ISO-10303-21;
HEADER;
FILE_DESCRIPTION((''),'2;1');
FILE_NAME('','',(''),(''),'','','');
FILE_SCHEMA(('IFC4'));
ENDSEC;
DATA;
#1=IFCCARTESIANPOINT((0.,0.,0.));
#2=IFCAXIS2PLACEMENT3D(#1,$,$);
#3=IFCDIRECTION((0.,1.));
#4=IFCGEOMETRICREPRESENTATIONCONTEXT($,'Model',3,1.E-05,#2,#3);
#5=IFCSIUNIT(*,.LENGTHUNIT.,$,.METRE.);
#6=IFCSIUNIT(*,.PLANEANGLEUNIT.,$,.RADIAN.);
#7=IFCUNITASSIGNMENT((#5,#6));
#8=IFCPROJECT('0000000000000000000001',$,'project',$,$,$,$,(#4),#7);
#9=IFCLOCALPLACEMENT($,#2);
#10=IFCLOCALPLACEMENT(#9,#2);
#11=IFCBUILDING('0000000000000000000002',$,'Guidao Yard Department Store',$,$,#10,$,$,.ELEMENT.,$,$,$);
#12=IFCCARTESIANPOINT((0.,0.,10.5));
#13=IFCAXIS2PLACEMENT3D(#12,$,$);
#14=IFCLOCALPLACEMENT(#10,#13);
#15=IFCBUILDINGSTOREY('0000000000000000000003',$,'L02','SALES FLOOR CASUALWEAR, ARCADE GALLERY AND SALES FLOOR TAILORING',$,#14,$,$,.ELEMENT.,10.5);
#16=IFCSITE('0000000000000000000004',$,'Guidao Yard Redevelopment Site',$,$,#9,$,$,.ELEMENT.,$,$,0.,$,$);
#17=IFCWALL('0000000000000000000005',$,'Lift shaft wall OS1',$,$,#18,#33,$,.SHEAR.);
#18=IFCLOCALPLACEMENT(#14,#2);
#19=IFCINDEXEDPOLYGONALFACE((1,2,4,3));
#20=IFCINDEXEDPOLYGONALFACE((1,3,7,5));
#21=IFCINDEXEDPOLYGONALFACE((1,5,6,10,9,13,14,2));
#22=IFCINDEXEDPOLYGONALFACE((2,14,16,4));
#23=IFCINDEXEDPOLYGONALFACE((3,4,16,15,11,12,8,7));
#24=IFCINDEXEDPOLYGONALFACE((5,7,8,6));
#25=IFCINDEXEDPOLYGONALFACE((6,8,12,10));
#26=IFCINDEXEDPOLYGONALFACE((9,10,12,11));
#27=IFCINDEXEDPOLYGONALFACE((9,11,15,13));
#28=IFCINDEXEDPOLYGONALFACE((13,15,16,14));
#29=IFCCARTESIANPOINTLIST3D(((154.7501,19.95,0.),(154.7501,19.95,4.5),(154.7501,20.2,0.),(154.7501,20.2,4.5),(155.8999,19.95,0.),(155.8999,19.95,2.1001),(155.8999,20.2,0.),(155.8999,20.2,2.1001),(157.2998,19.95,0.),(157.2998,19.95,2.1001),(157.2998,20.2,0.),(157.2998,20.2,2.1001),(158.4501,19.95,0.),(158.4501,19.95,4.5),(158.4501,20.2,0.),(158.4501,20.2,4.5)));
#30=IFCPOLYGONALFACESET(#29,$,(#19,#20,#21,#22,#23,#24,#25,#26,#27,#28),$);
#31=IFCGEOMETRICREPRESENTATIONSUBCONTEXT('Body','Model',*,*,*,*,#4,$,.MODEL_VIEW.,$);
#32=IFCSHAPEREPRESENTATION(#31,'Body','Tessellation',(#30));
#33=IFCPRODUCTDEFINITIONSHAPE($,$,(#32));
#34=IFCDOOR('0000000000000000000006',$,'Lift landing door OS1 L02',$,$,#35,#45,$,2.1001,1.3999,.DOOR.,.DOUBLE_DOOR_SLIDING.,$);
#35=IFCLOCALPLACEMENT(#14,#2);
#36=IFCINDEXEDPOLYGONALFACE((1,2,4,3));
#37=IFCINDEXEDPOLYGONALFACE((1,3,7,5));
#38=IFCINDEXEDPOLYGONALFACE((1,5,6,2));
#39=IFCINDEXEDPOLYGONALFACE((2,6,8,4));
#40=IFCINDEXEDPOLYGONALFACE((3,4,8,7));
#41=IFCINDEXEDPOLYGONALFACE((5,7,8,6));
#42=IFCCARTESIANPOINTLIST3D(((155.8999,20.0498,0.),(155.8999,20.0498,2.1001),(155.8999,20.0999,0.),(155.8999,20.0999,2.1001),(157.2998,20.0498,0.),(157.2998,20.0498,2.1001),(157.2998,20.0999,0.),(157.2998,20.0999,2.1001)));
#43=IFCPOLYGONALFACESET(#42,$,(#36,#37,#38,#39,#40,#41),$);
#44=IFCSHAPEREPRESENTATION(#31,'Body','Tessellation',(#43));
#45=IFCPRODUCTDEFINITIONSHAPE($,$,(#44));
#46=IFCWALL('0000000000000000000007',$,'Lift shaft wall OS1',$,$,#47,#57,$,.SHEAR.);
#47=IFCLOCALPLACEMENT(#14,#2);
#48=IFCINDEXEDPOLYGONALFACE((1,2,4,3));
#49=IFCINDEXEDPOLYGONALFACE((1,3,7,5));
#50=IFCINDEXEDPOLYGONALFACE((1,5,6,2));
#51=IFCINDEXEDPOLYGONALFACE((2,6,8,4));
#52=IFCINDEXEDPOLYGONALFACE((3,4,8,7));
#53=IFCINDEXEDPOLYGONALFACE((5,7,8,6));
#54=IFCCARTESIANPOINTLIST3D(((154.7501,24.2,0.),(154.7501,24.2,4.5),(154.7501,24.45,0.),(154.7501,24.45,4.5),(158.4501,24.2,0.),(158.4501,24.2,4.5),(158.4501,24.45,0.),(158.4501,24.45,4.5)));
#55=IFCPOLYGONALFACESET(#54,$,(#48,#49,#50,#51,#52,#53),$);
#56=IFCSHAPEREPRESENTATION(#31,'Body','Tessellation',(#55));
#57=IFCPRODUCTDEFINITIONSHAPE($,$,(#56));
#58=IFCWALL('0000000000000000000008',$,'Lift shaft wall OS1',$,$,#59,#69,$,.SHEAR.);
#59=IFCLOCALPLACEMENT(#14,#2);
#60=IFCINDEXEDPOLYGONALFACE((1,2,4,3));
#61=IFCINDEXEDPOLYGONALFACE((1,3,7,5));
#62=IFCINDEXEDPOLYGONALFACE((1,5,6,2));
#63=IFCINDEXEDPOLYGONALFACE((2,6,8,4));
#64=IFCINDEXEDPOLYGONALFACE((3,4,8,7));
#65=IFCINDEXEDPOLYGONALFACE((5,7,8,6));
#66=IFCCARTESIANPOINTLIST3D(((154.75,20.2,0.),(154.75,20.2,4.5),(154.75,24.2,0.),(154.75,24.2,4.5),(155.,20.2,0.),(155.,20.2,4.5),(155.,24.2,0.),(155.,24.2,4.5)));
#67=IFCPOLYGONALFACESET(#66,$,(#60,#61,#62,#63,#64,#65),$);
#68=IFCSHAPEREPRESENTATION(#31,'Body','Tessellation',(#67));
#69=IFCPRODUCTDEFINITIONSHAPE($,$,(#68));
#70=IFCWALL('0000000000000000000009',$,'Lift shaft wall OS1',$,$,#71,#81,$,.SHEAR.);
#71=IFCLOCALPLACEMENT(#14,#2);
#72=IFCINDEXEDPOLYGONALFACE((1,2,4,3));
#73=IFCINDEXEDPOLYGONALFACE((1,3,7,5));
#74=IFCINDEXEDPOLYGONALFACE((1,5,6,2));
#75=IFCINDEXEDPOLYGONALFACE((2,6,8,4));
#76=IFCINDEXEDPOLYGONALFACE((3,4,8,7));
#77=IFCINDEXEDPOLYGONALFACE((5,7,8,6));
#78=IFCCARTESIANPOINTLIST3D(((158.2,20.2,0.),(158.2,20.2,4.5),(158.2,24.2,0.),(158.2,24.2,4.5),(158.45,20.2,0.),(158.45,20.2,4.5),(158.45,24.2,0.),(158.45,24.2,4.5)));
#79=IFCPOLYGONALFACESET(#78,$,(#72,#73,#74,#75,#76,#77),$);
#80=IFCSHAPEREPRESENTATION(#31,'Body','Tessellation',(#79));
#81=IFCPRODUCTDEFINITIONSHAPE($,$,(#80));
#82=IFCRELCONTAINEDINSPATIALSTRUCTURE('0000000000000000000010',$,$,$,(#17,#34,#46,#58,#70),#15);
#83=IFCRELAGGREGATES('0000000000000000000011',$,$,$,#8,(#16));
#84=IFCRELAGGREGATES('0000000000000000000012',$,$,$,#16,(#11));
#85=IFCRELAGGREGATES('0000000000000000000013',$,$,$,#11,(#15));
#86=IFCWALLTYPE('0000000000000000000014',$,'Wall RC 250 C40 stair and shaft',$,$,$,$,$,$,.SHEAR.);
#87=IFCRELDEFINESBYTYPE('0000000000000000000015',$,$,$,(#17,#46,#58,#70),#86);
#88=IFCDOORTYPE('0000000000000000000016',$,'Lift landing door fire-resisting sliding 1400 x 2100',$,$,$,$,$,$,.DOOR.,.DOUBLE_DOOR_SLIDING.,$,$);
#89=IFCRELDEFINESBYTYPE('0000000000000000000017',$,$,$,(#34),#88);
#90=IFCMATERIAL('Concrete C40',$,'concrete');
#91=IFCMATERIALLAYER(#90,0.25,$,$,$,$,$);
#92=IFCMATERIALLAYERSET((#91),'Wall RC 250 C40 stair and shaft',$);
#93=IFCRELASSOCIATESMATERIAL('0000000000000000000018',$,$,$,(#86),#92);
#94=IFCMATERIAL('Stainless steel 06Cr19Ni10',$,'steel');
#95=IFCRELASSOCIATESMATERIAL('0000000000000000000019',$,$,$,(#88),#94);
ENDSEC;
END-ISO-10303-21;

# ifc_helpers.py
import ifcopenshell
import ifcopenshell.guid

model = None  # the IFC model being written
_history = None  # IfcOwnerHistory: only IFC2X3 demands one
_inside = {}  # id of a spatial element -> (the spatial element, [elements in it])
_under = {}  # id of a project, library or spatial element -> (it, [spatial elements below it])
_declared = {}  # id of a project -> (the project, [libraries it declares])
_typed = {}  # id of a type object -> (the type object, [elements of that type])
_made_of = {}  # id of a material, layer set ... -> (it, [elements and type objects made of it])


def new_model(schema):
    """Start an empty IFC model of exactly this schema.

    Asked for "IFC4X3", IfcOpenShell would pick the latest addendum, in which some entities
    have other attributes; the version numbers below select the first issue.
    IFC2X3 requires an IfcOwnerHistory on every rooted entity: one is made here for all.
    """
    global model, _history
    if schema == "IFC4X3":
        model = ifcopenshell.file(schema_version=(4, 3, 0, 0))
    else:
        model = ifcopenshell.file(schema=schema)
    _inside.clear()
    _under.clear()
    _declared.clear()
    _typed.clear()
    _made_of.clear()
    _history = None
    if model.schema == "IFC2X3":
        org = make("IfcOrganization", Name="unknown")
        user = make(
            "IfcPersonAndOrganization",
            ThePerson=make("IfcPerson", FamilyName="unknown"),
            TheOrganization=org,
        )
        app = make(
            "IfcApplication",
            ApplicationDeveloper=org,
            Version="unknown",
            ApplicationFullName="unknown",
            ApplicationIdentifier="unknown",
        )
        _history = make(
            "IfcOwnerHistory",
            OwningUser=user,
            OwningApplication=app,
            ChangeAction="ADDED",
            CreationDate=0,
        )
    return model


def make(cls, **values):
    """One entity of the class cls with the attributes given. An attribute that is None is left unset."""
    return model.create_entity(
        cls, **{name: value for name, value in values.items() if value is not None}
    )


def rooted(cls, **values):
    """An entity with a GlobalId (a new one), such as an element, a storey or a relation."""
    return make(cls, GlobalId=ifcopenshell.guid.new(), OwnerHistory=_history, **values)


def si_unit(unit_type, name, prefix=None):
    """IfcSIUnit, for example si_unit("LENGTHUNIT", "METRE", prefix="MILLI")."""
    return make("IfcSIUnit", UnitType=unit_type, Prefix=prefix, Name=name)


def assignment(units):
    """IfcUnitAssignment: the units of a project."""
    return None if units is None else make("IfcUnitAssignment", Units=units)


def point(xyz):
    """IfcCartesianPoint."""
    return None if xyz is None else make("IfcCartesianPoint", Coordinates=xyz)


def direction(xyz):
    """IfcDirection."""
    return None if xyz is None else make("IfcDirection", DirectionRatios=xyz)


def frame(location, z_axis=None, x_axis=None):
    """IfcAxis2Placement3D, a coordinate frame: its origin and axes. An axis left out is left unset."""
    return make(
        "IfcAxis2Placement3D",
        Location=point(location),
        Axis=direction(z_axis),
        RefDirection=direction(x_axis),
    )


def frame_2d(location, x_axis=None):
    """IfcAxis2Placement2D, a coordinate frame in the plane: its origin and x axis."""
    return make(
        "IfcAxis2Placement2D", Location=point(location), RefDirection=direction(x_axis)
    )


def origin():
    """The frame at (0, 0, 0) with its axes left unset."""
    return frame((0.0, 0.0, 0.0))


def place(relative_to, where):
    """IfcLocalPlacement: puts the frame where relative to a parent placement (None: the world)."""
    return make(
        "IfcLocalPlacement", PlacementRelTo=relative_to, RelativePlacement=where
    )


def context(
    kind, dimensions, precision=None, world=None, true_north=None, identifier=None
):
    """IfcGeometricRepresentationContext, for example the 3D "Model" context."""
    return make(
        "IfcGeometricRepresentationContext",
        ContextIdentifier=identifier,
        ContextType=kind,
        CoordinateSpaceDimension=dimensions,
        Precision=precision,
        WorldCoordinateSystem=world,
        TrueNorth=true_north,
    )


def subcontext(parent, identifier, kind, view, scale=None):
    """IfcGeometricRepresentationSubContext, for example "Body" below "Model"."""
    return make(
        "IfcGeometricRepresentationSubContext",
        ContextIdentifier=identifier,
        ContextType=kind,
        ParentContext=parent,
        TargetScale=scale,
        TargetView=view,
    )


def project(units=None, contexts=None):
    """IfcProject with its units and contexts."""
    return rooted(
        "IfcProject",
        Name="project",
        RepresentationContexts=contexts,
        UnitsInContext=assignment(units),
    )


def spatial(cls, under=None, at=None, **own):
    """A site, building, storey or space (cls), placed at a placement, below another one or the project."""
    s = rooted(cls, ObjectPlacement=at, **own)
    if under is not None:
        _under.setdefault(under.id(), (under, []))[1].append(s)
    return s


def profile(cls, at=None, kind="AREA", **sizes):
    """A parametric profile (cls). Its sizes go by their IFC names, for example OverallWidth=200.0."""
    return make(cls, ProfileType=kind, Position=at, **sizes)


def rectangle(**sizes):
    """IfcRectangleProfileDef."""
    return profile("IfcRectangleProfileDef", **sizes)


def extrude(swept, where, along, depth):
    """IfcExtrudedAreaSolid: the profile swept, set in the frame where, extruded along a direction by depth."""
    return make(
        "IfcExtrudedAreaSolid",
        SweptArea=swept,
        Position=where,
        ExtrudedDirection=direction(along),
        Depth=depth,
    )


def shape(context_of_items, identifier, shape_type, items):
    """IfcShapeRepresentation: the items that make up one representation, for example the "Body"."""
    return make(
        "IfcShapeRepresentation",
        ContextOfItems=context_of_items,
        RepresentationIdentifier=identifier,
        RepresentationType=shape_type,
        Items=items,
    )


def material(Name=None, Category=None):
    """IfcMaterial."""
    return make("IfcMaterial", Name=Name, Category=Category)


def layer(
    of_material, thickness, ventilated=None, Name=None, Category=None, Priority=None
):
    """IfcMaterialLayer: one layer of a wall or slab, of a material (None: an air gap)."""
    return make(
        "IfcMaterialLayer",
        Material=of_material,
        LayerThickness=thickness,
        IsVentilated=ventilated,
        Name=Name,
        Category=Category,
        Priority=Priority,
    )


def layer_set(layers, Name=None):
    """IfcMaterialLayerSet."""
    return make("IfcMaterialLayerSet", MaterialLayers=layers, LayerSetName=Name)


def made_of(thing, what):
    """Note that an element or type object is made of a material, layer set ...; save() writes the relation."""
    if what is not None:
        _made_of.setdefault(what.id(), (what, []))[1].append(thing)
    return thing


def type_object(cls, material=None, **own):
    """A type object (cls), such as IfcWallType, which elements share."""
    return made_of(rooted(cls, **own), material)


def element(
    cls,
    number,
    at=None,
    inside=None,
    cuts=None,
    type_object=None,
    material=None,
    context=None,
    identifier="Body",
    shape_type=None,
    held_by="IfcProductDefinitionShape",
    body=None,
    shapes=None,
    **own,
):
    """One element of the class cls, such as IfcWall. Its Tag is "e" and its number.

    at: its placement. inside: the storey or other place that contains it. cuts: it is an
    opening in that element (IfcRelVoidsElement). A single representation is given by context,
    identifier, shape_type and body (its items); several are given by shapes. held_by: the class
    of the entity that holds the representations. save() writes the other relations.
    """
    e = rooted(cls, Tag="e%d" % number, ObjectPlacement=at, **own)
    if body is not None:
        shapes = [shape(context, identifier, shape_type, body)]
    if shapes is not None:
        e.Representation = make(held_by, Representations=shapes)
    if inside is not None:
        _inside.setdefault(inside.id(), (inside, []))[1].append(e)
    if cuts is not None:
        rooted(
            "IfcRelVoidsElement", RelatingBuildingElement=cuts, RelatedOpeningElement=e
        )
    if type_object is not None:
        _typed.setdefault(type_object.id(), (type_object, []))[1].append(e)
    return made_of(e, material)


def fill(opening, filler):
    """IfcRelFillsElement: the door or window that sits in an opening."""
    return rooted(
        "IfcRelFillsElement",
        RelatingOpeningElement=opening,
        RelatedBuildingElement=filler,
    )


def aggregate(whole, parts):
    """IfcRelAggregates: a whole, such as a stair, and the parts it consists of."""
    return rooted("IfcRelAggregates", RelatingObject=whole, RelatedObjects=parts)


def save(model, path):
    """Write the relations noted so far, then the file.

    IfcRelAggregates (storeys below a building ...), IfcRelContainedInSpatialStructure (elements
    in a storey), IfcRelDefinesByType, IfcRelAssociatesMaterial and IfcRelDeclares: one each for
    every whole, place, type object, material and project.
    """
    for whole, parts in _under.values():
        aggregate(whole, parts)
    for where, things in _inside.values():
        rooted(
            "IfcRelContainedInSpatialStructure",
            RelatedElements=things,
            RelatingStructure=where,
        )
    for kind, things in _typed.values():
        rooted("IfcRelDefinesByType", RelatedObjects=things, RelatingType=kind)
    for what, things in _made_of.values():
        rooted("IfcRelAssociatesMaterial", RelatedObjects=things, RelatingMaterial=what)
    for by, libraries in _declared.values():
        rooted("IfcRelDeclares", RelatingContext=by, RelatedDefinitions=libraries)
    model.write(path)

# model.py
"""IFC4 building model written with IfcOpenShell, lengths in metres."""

from ifc_helpers import new_model, si_unit, direction, frame, frame_2d, origin, place, context, subcontext, project, spatial, rectangle, extrude, material, layer, layer_set, type_object, element, fill, save


model = new_model("IFC4")

# Units and contexts
model_context = context("Model", 3, precision=1e-05, world=origin(), true_north=direction((0.0, 1.0)))
body_context = subcontext(model_context, "Body", "Model", "MODEL_VIEW")
ifc_project = project(units=[si_unit("LENGTHUNIT", "METRE"), si_unit("PLANEANGLEUNIT", "RADIAN")], contexts=[model_context])

# Site, building, storey
site_placement = place(None, origin())
site = spatial("IfcSite", under=ifc_project, at=site_placement, Name="Guidao Yard Redevelopment Site", CompositionType="ELEMENT", RefElevation=0.0)
building_placement = place(site_placement, origin())
building = spatial("IfcBuilding", under=site, at=building_placement, Name="Guidao Yard Department Store", CompositionType="ELEMENT")
storey_placement = place(building_placement, frame((0.0, 0.0, 10.5)))
storey = spatial("IfcBuildingStorey", under=building, at=storey_placement, Name="L02", Description="SALES FLOOR CASUALWEAR, ARCADE GALLERY AND SALES FLOOR TAILORING", CompositionType="ELEMENT", Elevation=10.5)

# Wall, opening, door
ifc_material_1 = material(Name="Concrete C40", Category="concrete")
ifc_layer_1 = layer(ifc_material_1, 0.25)
ifc_layer_set_1 = layer_set([ifc_layer_1], Name="Wall RC 250 C40 stair and shaft")
wall_type_1 = type_object("IfcWallType", Name="Wall RC 250 C40 stair and shaft", PredefinedType="SHEAR", material=ifc_layer_set_1)
wall_1_placement = place(storey_placement, frame((154.75, 20.075, 0.0), z_axis=(0.0, 0.0, 1.0), x_axis=(1.0, 0.0, 0.0)))
wall_1 = element("IfcWall", 1, at=wall_1_placement, inside=storey, type_object=wall_type_1, Name="Lift shaft wall OS1", PredefinedType="SHEAR", context=body_context, shape_type="SweptSolid", body=[
    extrude(rectangle(XDim=3.7, YDim=0.25, at=frame_2d((1.8501, 0.0))), origin(), (0.0, 0.0, 1.0), 4.5),
])
opening_1_placement = place(wall_1_placement, frame((1.1499, 0.0, 0.0)))
opening_1 = element("IfcOpeningElement", 2, at=opening_1_placement, cuts=wall_1, PredefinedType="OPENING", context=body_context, shape_type="SweptSolid", body=[
    extrude(rectangle(XDim=1.3999, YDim=2.1001, at=frame_2d((0.7, 1.05))), frame((0.0, 0.135, 0.0), z_axis=(0.0, -1.0, 0.0), x_axis=(1.0, 0.0, 0.0)), (0.0, 0.0, 1.0), 0.27),
])
ifc_material_2 = material(Name="Stainless steel 06Cr19Ni10", Category="steel")
door_type_1 = type_object("IfcDoorType", Name="Lift landing door fire-resisting sliding 1400 x 2100", OperationType="DOUBLE_DOOR_SLIDING", PredefinedType="DOOR", material=ifc_material_2)
door_1_placement = place(opening_1_placement, origin())
door_1 = element("IfcDoor", 3, at=door_1_placement, inside=storey, type_object=door_type_1, Name="Lift landing door OS1 L02", OperationType="DOUBLE_DOOR_SLIDING", OverallHeight=2.1001, OverallWidth=1.3999, PredefinedType="DOOR", context=body_context, shape_type="SweptSolid", body=[
    extrude(rectangle(XDim=1.3999, YDim=2.1001, at=frame_2d((0.7, 1.05))), frame((0.0, 0.0249, 0.0), z_axis=(0.0, -1.0, 0.0), x_axis=(1.0, 0.0, 0.0)), (0.0, 0.0, 1.0), 0.05),
])
fill(opening_1, door_1)

# Walls
wall_2_placement = place(storey_placement, frame((154.75, 24.325, 0.0), z_axis=(0.0, 0.0, 1.0), x_axis=(1.0, 0.0, 0.0)))
element("IfcWall", 4, at=wall_2_placement, inside=storey, type_object=wall_type_1, Name="Lift shaft wall OS1", PredefinedType="SHEAR", context=body_context, shape_type="SweptSolid", body=[
    extrude(rectangle(XDim=3.7, YDim=0.25, at=frame_2d((1.8501, 0.0))), origin(), (0.0, 0.0, 1.0), 4.5),
])
for number, where, z_axis, x_axis, name in (
    (5, (154.875, 20.2, 0.0), (0.0, 0.0, 1.0), (0.0, 1.0, 0.0), "Lift shaft wall OS1"),
    (6, (158.325, 20.2, 0.0), (0.0, 0.0, 1.0), (0.0, 1.0, 0.0), "Lift shaft wall OS1"),
):
    element("IfcWall", number, at=place(storey_placement, frame(where, z_axis=z_axis, x_axis=x_axis)), inside=storey, type_object=wall_type_1, Name=name, PredefinedType="SHEAR", context=body_context, shape_type="SweptSolid", body=[
        extrude(rectangle(XDim=4.0, YDim=0.25, at=frame_2d((2.0, 0.0))), origin(), (0.0, 0.0, 1.0), 4.5),
    ])

save(model, "model.ifc")
